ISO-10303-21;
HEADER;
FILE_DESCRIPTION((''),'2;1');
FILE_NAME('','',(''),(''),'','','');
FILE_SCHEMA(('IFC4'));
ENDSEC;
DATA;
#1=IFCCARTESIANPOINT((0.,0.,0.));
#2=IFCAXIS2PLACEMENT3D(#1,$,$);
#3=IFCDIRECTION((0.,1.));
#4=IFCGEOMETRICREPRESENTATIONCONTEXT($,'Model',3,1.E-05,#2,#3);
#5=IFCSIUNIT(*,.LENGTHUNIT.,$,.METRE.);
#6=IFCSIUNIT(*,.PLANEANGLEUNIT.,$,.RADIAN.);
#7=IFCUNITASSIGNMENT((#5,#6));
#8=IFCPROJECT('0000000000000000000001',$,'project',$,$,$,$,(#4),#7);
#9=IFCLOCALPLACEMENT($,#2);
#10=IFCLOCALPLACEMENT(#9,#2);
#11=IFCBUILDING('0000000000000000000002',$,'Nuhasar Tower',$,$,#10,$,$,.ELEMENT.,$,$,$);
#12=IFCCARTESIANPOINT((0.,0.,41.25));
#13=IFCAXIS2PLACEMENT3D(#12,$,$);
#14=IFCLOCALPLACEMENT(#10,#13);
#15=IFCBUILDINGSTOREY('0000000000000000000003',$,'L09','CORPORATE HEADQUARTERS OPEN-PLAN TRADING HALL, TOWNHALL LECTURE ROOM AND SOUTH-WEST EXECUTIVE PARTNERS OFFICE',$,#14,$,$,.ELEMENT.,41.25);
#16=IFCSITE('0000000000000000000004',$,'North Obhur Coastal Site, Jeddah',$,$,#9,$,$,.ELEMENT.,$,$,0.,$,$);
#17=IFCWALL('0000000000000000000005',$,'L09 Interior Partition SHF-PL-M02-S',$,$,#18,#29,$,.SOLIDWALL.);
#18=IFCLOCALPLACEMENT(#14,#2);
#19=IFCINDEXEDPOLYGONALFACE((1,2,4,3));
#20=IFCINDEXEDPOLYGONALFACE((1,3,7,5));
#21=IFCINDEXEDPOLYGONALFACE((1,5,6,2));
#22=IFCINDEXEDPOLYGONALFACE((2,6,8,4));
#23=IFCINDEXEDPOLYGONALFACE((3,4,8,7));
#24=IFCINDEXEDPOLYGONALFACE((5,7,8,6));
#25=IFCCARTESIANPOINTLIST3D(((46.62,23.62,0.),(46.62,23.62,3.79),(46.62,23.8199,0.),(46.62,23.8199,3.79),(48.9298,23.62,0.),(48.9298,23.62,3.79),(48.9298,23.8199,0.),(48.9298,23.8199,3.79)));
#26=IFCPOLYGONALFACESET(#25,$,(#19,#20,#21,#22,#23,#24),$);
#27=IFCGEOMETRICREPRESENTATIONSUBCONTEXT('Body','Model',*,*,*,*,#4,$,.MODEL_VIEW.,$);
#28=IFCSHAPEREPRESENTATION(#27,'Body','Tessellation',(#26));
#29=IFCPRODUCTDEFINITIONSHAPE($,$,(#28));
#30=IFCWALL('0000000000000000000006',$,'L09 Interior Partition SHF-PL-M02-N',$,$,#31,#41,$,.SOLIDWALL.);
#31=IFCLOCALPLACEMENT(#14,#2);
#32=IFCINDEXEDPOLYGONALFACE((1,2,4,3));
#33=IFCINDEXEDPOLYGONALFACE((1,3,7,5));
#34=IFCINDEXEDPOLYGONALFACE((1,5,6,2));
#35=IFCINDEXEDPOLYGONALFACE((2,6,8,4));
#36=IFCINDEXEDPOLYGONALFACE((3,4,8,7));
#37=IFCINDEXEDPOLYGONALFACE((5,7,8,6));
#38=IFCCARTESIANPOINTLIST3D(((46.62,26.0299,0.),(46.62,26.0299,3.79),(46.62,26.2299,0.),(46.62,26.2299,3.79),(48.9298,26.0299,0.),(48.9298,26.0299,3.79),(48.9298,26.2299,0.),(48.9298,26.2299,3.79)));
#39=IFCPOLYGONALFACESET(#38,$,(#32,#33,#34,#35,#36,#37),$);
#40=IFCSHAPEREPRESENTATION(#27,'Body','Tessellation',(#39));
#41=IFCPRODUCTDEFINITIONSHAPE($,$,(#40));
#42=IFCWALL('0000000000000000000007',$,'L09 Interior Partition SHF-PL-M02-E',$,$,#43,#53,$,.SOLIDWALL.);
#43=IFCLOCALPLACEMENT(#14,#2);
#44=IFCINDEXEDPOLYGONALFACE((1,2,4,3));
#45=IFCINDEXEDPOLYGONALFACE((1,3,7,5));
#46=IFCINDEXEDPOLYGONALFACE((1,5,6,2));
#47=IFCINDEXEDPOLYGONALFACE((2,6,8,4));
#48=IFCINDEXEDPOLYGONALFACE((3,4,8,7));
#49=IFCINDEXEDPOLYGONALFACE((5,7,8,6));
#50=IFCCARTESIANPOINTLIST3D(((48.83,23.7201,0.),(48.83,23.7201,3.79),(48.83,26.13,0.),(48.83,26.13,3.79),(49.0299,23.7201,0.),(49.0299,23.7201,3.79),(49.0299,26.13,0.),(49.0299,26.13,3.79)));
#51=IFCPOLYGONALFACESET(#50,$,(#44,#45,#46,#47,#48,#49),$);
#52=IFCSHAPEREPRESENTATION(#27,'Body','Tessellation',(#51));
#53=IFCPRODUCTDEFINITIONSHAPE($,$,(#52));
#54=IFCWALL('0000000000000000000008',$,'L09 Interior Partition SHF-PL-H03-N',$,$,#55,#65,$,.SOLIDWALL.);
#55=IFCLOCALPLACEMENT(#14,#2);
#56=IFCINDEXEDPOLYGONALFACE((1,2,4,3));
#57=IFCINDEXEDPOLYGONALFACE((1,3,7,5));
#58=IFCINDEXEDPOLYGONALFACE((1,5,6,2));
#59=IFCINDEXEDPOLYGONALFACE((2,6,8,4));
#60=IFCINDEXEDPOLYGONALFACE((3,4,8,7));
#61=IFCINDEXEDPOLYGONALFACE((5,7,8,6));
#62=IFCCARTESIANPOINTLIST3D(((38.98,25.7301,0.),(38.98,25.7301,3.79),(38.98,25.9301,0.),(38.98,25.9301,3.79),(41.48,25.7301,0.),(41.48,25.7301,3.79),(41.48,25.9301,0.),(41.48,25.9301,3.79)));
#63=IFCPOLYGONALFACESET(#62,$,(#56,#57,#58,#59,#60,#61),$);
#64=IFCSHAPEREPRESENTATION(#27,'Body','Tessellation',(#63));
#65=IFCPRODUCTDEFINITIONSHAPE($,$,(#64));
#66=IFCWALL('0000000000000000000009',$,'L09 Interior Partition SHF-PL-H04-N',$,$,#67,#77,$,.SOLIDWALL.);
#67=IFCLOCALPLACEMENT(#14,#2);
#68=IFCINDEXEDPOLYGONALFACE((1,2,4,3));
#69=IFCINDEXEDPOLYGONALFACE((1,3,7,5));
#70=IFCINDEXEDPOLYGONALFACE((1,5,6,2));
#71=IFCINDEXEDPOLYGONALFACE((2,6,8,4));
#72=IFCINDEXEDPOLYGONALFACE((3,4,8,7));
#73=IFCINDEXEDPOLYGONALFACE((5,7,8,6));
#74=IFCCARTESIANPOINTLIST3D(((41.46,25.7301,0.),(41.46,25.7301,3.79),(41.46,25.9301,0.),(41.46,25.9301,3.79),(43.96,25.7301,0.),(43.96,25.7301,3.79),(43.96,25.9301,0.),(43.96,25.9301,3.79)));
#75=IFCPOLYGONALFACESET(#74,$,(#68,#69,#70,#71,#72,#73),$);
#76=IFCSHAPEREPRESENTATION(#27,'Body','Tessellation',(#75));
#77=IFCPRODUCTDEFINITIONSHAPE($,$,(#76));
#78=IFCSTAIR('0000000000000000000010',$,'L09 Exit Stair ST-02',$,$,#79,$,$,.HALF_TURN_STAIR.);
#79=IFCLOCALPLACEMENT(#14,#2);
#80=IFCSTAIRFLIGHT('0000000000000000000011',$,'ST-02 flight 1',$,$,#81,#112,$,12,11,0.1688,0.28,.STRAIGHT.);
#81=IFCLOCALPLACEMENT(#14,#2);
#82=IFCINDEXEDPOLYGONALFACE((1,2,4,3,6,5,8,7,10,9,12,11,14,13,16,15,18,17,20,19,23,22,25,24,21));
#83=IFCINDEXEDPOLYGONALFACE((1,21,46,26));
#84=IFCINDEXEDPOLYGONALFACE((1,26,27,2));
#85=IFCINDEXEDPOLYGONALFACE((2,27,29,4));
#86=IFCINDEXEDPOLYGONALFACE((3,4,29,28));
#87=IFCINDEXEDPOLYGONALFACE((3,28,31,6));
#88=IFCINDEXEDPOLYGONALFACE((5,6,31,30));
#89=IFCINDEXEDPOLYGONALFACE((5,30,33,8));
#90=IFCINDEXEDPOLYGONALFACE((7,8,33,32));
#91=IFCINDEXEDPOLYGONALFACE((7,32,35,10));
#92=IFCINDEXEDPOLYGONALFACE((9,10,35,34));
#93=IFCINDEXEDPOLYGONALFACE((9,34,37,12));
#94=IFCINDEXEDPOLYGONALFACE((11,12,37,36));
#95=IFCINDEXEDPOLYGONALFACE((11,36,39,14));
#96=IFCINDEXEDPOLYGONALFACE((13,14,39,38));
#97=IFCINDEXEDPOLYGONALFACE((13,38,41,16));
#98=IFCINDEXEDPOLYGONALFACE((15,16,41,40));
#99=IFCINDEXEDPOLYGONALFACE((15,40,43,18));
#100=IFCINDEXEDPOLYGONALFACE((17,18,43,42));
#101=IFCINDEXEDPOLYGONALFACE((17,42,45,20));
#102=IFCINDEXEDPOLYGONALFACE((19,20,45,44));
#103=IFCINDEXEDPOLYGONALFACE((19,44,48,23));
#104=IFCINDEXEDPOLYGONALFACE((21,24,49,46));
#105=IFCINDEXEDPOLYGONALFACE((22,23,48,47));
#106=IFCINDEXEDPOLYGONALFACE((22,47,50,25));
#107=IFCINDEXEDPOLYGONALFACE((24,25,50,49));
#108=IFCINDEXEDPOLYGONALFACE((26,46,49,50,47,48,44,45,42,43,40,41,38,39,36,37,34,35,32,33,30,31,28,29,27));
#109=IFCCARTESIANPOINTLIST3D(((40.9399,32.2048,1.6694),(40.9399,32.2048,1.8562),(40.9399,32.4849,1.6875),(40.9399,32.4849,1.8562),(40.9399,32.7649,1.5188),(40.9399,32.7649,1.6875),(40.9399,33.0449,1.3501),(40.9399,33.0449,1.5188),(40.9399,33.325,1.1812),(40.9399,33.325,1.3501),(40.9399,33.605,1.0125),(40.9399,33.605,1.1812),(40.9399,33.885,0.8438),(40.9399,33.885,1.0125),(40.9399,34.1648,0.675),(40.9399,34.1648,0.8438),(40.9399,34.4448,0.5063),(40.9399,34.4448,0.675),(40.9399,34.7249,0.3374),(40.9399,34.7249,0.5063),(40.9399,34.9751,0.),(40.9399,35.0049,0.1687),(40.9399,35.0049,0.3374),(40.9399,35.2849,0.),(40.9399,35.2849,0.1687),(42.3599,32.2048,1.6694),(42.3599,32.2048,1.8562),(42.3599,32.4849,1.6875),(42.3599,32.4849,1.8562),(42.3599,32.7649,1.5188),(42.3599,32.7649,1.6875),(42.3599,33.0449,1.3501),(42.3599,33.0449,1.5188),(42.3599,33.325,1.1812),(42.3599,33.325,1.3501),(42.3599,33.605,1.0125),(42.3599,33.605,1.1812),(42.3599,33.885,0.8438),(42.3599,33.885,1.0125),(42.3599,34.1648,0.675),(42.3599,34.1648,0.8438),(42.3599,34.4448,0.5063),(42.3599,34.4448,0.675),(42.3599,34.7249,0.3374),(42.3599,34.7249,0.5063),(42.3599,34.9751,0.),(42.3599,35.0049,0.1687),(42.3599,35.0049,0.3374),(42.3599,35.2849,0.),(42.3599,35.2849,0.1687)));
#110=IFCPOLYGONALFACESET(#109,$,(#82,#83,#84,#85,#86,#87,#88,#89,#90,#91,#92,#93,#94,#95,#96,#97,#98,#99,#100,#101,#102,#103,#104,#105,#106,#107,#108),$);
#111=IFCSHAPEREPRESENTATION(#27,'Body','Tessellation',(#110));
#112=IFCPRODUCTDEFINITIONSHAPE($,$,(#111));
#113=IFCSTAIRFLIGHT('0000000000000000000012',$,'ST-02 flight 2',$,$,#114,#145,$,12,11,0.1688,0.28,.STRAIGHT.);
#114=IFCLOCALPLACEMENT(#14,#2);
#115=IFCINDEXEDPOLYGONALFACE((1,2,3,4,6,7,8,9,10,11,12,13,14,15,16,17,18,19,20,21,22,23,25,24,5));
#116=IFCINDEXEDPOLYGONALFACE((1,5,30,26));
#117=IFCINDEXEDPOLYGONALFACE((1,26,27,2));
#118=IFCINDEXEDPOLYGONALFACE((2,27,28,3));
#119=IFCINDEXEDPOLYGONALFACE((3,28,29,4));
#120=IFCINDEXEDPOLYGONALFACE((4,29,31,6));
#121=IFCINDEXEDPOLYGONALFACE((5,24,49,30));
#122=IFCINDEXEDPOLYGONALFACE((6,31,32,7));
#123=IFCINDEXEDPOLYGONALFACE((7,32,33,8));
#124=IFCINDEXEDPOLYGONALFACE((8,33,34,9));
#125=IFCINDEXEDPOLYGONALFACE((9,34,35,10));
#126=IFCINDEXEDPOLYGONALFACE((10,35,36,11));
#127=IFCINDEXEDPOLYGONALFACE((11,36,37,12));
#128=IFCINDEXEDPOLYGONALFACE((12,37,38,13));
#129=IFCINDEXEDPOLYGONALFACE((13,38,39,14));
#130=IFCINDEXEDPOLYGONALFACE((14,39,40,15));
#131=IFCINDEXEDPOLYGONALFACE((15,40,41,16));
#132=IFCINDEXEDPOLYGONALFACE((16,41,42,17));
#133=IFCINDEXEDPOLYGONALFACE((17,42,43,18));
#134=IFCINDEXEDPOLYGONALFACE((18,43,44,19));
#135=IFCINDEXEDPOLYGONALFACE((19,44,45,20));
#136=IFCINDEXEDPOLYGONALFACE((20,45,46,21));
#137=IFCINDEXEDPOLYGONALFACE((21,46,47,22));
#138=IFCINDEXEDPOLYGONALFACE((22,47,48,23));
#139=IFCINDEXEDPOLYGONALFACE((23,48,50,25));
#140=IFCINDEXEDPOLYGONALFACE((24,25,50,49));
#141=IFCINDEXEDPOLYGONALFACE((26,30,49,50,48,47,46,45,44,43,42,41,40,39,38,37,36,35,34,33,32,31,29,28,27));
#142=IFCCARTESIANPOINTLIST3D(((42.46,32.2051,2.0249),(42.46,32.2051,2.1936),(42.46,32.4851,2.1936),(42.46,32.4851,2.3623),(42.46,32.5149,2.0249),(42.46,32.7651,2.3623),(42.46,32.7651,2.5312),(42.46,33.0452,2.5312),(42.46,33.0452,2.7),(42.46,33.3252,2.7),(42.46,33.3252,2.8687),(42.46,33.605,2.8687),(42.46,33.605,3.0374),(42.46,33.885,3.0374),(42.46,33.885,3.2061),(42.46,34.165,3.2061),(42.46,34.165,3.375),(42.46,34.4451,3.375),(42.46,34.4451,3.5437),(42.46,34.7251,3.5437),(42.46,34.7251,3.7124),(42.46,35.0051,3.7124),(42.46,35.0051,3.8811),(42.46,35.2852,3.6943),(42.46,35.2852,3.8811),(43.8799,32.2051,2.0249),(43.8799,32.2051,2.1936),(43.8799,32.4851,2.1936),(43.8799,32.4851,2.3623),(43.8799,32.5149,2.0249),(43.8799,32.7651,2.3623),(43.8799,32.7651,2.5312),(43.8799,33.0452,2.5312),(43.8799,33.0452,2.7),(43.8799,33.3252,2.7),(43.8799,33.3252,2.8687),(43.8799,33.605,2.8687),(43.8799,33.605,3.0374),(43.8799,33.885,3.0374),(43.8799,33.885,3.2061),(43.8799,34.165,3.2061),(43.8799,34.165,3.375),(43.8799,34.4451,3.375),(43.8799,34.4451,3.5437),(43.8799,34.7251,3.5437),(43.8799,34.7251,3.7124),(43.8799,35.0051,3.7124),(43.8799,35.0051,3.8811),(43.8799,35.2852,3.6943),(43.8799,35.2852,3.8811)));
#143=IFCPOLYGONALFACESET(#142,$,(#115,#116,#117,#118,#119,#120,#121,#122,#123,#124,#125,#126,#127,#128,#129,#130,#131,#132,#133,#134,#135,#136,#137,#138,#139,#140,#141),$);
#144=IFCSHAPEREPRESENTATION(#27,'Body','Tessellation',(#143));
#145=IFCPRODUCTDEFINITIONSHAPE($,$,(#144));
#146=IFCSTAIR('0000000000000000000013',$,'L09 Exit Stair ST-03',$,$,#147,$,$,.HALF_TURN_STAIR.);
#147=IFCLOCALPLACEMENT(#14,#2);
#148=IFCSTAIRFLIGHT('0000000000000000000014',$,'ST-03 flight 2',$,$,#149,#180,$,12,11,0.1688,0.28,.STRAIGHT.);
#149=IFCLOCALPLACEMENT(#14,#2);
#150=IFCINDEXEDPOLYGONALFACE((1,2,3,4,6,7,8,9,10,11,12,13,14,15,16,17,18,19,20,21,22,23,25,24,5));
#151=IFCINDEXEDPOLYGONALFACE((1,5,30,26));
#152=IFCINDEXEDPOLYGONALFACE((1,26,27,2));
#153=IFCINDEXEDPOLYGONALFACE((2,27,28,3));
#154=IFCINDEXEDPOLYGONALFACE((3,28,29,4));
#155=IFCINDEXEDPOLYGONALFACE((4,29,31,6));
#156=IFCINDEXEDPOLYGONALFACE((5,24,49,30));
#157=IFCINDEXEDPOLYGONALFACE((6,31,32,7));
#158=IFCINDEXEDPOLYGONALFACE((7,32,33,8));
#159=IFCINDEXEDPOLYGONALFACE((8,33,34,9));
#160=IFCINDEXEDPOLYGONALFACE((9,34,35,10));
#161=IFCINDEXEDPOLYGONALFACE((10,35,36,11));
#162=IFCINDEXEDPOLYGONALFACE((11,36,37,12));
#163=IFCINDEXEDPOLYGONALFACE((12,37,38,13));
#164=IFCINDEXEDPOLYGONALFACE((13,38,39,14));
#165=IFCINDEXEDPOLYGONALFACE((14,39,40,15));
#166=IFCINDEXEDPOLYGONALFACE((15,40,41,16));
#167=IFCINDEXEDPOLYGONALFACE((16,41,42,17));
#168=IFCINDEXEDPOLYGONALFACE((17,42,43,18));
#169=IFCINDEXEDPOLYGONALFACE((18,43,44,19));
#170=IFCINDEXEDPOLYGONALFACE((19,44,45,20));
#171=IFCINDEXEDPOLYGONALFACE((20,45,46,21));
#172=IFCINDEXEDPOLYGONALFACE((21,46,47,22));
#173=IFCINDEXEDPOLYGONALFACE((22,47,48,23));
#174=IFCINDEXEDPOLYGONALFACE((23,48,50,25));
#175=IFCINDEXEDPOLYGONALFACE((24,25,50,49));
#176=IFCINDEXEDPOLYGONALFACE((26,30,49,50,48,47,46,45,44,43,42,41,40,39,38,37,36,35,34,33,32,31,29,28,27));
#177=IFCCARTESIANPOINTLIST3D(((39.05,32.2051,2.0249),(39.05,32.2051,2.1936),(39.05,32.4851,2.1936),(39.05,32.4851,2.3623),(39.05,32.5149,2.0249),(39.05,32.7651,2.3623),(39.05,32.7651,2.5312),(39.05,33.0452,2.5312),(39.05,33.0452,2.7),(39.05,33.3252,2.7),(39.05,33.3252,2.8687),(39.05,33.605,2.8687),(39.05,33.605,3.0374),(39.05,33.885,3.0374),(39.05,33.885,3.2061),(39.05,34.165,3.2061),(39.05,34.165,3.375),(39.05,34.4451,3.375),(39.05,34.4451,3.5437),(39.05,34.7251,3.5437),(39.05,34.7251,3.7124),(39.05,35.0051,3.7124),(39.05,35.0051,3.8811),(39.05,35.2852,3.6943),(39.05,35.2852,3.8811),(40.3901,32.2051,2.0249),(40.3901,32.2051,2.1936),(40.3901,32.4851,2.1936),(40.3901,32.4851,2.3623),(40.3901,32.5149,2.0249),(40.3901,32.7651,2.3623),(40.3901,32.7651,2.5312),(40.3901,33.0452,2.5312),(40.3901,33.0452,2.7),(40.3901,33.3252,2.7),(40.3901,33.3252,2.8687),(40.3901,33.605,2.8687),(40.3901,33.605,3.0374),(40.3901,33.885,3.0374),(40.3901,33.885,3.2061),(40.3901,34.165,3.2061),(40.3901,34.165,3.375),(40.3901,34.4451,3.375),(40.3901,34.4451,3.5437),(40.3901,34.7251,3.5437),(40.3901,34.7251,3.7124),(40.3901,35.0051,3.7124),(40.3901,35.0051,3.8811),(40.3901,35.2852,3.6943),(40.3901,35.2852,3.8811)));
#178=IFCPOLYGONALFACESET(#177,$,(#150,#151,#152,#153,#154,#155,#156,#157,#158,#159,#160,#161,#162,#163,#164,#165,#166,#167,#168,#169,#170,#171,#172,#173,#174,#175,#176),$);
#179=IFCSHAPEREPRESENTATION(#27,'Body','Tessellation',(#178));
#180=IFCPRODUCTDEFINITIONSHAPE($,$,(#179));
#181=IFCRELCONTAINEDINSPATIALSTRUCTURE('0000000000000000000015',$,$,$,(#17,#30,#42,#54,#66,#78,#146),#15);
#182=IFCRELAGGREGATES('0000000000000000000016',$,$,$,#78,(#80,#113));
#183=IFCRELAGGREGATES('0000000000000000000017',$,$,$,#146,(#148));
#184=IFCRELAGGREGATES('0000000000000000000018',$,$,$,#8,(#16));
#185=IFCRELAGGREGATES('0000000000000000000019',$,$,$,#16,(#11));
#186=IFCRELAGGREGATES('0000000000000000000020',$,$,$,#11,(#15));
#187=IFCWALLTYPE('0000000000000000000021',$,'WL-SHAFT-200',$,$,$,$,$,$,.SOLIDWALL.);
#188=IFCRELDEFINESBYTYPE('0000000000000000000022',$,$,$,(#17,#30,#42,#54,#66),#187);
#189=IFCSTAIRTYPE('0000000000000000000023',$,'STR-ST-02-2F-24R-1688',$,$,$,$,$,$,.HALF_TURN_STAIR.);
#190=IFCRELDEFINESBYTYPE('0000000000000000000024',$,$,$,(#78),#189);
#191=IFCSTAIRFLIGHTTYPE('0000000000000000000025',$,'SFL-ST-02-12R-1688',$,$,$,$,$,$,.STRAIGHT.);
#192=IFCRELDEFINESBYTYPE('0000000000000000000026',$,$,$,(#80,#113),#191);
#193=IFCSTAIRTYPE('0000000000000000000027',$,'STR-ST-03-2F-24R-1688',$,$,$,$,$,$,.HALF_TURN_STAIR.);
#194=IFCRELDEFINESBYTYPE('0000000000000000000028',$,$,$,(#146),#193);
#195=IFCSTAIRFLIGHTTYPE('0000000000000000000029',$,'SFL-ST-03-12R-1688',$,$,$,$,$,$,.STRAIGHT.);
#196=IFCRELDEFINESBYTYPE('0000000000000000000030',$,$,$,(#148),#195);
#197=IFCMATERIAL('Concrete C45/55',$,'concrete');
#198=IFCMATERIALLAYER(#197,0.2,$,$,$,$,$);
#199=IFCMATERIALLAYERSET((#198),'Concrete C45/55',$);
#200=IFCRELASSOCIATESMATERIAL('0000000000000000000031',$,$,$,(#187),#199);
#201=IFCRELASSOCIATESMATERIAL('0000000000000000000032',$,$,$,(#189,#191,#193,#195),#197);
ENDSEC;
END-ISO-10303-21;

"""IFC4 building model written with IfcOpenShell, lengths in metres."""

from ifc_helpers import new_model, si_unit, direction, frame, frame_2d, origin, place, context, subcontext, project, spatial, polyline, rectangle, outline, extrude, material, layer, layer_set, type_object, element, aggregate, save


model = new_model("IFC4")

# Units and contexts
model_context = context("Model", 3, precision=1e-05, world=origin(), true_north=direction((0.0, 1.0)))
body_context = subcontext(model_context, "Body", "Model", "MODEL_VIEW")
ifc_project = project(units=[si_unit("LENGTHUNIT", "METRE"), si_unit("PLANEANGLEUNIT", "RADIAN")], contexts=[model_context])

# Site, building, storey
site_placement = place(None, origin())
site = spatial("IfcSite", under=ifc_project, at=site_placement, Name="North Obhur Coastal Site, Jeddah", CompositionType="ELEMENT", RefElevation=0.0)
building_placement = place(site_placement, origin())
building = spatial("IfcBuilding", under=site, at=building_placement, Name="Nuhasar Tower", CompositionType="ELEMENT")
storey_placement = place(building_placement, frame((0.0, 0.0, 41.25)))
storey = spatial("IfcBuildingStorey", under=building, at=storey_placement, Name="L09", Description="CORPORATE HEADQUARTERS OPEN-PLAN TRADING HALL, TOWNHALL LECTURE ROOM AND SOUTH-WEST EXECUTIVE PARTNERS OFFICE", CompositionType="ELEMENT", Elevation=41.25)

# Shared definitions
ifc_material_1 = material(Name="Concrete C45/55", Category="concrete")
ifc_layer_1 = layer(ifc_material_1, 0.2)
ifc_layer_set_1 = layer_set([ifc_layer_1], Name="Concrete C45/55")
wall_type_1 = type_object("IfcWallType", Name="WL-SHAFT-200", PredefinedType="SOLIDWALL", material=ifc_layer_set_1)

# Walls
for number, where, z_axis, x_axis, name in (
    (1, (46.6201, 23.72, 0.0), (0.0, 0.0, 1.0), (1.0, 0.0, 0.0), "L09 Interior Partition SHF-PL-M02-S"),
    (2, (46.6201, 26.1299, 0.0), (0.0, 0.0, 1.0), (1.0, 0.0, 0.0), "L09 Interior Partition SHF-PL-M02-N"),
):
    element("IfcWall", number, at=place(storey_placement, frame(where, z_axis=z_axis, x_axis=x_axis)), inside=storey, type_object=wall_type_1, Name=name, PredefinedType="SOLIDWALL", context=body_context, shape_type="SweptSolid", body=[
        extrude(rectangle(XDim=2.3098, YDim=0.2, at=frame_2d((1.1548, 0.0))), origin(), (0.0, 0.0, 1.0), 3.79),
    ])
wall_1_placement = place(storey_placement, frame((48.9299, 23.72, 0.0), z_axis=(0.0, 0.0, 1.0), x_axis=(0.0, 1.0, 0.0)))
element("IfcWall", 3, at=wall_1_placement, inside=storey, type_object=wall_type_1, Name="L09 Interior Partition SHF-PL-M02-E", PredefinedType="SOLIDWALL", context=body_context, shape_type="SweptSolid", body=[
    extrude(rectangle(XDim=2.4099, YDim=0.2, at=frame_2d((1.2051, 0.0))), origin(), (0.0, 0.0, 1.0), 3.79),
])
for number, where, z_axis, x_axis, name in (
    (4, (38.98, 25.8301, 0.0), (0.0, 0.0, 1.0), (1.0, 0.0, 0.0), "L09 Interior Partition SHF-PL-H03-N"),
    (5, (41.46, 25.8301, 0.0), (0.0, 0.0, 1.0), (1.0, 0.0, 0.0), "L09 Interior Partition SHF-PL-H04-N"),
):
    element("IfcWall", number, at=place(storey_placement, frame(where, z_axis=z_axis, x_axis=x_axis)), inside=storey, type_object=wall_type_1, Name=name, PredefinedType="SOLIDWALL", context=body_context, shape_type="SweptSolid", body=[
        extrude(rectangle(XDim=2.5, YDim=0.2, at=frame_2d((1.25, 0.0))), origin(), (0.0, 0.0, 1.0), 3.79),
    ])

# Stair, stair flights
stair_type_1 = type_object("IfcStairType", Name="STR-ST-02-2F-24R-1688", PredefinedType="HALF_TURN_STAIR", material=ifc_material_1)
stair_1_placement = place(storey_placement, origin())
stair_1 = element("IfcStair", 6, at=stair_1_placement, inside=storey, type_object=stair_type_1, Name="L09 Exit Stair ST-02", PredefinedType="HALF_TURN_STAIR")
stair_flight_type_1 = type_object("IfcStairFlightType", Name="SFL-ST-02-12R-1688", PredefinedType="STRAIGHT", material=ifc_material_1)
stair_flight_1_placement = place(storey_placement, frame((41.6499, 35.2849, 0.0), z_axis=(0.0, 0.0, 1.0), x_axis=(0.0, -1.0, 0.0)))
stair_flight_1 = element("IfcStairFlight", 7, at=stair_flight_1_placement, type_object=stair_flight_type_1, Name="ST-02 flight 1", NumberOfRisers=12, NumberOfTreads=11, PredefinedType="STRAIGHT", RiserHeight=0.1688, TreadLength=0.28, context=body_context, shape_type="SweptSolid", body=[
    extrude(outline(polyline([(0.0, 0.0), (0.0, 0.1687), (0.28, 0.1687), (0.28, 0.3374), (0.5601, 0.3374), (0.5601, 0.5063), (0.8401, 0.5063), (0.8401, 0.675), (1.1201, 0.675), (1.1201, 0.8438), (1.3999, 0.8438), (1.3999, 1.0125), (1.6799, 1.0125), (1.6799, 1.1812), (1.96, 1.1812), (1.96, 1.3501), (2.24, 1.3501), (2.24, 1.5188), (2.52, 1.5188), (2.52, 1.6875), (2.8, 1.6875), (2.8, 1.8562), (3.0801, 1.8562), (3.0801, 2.0249), (3.0801, 1.6694), (0.3098, 0.0), (0.0, 0.0)])), frame((0.0, 0.71, 0.0), z_axis=(0.0, -1.0, 0.0), x_axis=(1.0, 0.0, 0.0)), (0.0, 0.0, 1.0), 1.4199),
])
stair_flight_2_placement = place(storey_placement, frame((43.1699, 32.2051, 2.0249), z_axis=(0.0, 0.0, 1.0), x_axis=(0.0, 1.0, 0.0)))
stair_flight_2 = element("IfcStairFlight", 8, at=stair_flight_2_placement, type_object=stair_flight_type_1, Name="ST-02 flight 2", NumberOfRisers=12, NumberOfTreads=11, PredefinedType="STRAIGHT", RiserHeight=0.1688, TreadLength=0.28, context=body_context, shape_type="SweptSolid", body=[
    extrude(outline(polyline([(0.0, 0.0), (0.0, 0.1687), (0.28, 0.1687), (0.28, 0.3374), (0.5601, 0.3374), (0.5601, 0.5063), (0.8401, 0.5063), (0.8401, 0.675), (1.1201, 0.675), (1.1201, 0.8438), (1.3999, 0.8438), (1.3999, 1.0125), (1.6799, 1.0125), (1.6799, 1.1812), (1.96, 1.1812), (1.96, 1.3501), (2.24, 1.3501), (2.24, 1.5188), (2.52, 1.5188), (2.52, 1.6875), (2.8, 1.6875), (2.8, 1.8562), (3.0801, 1.8562), (3.0801, 2.0249), (3.0801, 1.6694), (0.3098, 0.0), (0.0, 0.0)])), frame((0.0, 0.71, 0.0), z_axis=(0.0, -1.0, 0.0), x_axis=(1.0, 0.0, 0.0)), (0.0, 0.0, 1.0), 1.4199),
])
aggregate(stair_1, [stair_flight_1, stair_flight_2])

# Stair, stair flight
stair_type_2 = type_object("IfcStairType", Name="STR-ST-03-2F-24R-1688", PredefinedType="HALF_TURN_STAIR", material=ifc_material_1)
stair_2_placement = place(storey_placement, origin())
stair_2 = element("IfcStair", 9, at=stair_2_placement, inside=storey, type_object=stair_type_2, Name="L09 Exit Stair ST-03", PredefinedType="HALF_TURN_STAIR")
stair_flight_type_2 = type_object("IfcStairFlightType", Name="SFL-ST-03-12R-1688", PredefinedType="STRAIGHT", material=ifc_material_1)
stair_flight_3_placement = place(storey_placement, frame((39.72, 32.2051, 2.0249), z_axis=(0.0, 0.0, 1.0), x_axis=(0.0, 1.0, 0.0)))
stair_flight_3 = element("IfcStairFlight", 10, at=stair_flight_3_placement, type_object=stair_flight_type_2, Name="ST-03 flight 2", NumberOfRisers=12, NumberOfTreads=11, PredefinedType="STRAIGHT", RiserHeight=0.1688, TreadLength=0.28, context=body_context, shape_type="SweptSolid", body=[
    extrude(outline(polyline([(0.0, 0.0), (0.0, 0.1687), (0.28, 0.1687), (0.28, 0.3374), (0.5601, 0.3374), (0.5601, 0.5063), (0.8401, 0.5063), (0.8401, 0.675), (1.1201, 0.675), (1.1201, 0.8438), (1.3999, 0.8438), (1.3999, 1.0125), (1.6799, 1.0125), (1.6799, 1.1812), (1.96, 1.1812), (1.96, 1.3501), (2.24, 1.3501), (2.24, 1.5188), (2.52, 1.5188), (2.52, 1.6875), (2.8, 1.6875), (2.8, 1.8562), (3.0801, 1.8562), (3.0801, 2.0249), (3.0801, 1.6694), (0.3098, 0.0), (0.0, 0.0)])), frame((0.0, 0.6699, 0.0), z_axis=(0.0, -1.0, 0.0), x_axis=(1.0, 0.0, 0.0)), (0.0, 0.0, 1.0), 1.3401),
])
aggregate(stair_2, [stair_flight_3])

save(model, "model.ifc")
